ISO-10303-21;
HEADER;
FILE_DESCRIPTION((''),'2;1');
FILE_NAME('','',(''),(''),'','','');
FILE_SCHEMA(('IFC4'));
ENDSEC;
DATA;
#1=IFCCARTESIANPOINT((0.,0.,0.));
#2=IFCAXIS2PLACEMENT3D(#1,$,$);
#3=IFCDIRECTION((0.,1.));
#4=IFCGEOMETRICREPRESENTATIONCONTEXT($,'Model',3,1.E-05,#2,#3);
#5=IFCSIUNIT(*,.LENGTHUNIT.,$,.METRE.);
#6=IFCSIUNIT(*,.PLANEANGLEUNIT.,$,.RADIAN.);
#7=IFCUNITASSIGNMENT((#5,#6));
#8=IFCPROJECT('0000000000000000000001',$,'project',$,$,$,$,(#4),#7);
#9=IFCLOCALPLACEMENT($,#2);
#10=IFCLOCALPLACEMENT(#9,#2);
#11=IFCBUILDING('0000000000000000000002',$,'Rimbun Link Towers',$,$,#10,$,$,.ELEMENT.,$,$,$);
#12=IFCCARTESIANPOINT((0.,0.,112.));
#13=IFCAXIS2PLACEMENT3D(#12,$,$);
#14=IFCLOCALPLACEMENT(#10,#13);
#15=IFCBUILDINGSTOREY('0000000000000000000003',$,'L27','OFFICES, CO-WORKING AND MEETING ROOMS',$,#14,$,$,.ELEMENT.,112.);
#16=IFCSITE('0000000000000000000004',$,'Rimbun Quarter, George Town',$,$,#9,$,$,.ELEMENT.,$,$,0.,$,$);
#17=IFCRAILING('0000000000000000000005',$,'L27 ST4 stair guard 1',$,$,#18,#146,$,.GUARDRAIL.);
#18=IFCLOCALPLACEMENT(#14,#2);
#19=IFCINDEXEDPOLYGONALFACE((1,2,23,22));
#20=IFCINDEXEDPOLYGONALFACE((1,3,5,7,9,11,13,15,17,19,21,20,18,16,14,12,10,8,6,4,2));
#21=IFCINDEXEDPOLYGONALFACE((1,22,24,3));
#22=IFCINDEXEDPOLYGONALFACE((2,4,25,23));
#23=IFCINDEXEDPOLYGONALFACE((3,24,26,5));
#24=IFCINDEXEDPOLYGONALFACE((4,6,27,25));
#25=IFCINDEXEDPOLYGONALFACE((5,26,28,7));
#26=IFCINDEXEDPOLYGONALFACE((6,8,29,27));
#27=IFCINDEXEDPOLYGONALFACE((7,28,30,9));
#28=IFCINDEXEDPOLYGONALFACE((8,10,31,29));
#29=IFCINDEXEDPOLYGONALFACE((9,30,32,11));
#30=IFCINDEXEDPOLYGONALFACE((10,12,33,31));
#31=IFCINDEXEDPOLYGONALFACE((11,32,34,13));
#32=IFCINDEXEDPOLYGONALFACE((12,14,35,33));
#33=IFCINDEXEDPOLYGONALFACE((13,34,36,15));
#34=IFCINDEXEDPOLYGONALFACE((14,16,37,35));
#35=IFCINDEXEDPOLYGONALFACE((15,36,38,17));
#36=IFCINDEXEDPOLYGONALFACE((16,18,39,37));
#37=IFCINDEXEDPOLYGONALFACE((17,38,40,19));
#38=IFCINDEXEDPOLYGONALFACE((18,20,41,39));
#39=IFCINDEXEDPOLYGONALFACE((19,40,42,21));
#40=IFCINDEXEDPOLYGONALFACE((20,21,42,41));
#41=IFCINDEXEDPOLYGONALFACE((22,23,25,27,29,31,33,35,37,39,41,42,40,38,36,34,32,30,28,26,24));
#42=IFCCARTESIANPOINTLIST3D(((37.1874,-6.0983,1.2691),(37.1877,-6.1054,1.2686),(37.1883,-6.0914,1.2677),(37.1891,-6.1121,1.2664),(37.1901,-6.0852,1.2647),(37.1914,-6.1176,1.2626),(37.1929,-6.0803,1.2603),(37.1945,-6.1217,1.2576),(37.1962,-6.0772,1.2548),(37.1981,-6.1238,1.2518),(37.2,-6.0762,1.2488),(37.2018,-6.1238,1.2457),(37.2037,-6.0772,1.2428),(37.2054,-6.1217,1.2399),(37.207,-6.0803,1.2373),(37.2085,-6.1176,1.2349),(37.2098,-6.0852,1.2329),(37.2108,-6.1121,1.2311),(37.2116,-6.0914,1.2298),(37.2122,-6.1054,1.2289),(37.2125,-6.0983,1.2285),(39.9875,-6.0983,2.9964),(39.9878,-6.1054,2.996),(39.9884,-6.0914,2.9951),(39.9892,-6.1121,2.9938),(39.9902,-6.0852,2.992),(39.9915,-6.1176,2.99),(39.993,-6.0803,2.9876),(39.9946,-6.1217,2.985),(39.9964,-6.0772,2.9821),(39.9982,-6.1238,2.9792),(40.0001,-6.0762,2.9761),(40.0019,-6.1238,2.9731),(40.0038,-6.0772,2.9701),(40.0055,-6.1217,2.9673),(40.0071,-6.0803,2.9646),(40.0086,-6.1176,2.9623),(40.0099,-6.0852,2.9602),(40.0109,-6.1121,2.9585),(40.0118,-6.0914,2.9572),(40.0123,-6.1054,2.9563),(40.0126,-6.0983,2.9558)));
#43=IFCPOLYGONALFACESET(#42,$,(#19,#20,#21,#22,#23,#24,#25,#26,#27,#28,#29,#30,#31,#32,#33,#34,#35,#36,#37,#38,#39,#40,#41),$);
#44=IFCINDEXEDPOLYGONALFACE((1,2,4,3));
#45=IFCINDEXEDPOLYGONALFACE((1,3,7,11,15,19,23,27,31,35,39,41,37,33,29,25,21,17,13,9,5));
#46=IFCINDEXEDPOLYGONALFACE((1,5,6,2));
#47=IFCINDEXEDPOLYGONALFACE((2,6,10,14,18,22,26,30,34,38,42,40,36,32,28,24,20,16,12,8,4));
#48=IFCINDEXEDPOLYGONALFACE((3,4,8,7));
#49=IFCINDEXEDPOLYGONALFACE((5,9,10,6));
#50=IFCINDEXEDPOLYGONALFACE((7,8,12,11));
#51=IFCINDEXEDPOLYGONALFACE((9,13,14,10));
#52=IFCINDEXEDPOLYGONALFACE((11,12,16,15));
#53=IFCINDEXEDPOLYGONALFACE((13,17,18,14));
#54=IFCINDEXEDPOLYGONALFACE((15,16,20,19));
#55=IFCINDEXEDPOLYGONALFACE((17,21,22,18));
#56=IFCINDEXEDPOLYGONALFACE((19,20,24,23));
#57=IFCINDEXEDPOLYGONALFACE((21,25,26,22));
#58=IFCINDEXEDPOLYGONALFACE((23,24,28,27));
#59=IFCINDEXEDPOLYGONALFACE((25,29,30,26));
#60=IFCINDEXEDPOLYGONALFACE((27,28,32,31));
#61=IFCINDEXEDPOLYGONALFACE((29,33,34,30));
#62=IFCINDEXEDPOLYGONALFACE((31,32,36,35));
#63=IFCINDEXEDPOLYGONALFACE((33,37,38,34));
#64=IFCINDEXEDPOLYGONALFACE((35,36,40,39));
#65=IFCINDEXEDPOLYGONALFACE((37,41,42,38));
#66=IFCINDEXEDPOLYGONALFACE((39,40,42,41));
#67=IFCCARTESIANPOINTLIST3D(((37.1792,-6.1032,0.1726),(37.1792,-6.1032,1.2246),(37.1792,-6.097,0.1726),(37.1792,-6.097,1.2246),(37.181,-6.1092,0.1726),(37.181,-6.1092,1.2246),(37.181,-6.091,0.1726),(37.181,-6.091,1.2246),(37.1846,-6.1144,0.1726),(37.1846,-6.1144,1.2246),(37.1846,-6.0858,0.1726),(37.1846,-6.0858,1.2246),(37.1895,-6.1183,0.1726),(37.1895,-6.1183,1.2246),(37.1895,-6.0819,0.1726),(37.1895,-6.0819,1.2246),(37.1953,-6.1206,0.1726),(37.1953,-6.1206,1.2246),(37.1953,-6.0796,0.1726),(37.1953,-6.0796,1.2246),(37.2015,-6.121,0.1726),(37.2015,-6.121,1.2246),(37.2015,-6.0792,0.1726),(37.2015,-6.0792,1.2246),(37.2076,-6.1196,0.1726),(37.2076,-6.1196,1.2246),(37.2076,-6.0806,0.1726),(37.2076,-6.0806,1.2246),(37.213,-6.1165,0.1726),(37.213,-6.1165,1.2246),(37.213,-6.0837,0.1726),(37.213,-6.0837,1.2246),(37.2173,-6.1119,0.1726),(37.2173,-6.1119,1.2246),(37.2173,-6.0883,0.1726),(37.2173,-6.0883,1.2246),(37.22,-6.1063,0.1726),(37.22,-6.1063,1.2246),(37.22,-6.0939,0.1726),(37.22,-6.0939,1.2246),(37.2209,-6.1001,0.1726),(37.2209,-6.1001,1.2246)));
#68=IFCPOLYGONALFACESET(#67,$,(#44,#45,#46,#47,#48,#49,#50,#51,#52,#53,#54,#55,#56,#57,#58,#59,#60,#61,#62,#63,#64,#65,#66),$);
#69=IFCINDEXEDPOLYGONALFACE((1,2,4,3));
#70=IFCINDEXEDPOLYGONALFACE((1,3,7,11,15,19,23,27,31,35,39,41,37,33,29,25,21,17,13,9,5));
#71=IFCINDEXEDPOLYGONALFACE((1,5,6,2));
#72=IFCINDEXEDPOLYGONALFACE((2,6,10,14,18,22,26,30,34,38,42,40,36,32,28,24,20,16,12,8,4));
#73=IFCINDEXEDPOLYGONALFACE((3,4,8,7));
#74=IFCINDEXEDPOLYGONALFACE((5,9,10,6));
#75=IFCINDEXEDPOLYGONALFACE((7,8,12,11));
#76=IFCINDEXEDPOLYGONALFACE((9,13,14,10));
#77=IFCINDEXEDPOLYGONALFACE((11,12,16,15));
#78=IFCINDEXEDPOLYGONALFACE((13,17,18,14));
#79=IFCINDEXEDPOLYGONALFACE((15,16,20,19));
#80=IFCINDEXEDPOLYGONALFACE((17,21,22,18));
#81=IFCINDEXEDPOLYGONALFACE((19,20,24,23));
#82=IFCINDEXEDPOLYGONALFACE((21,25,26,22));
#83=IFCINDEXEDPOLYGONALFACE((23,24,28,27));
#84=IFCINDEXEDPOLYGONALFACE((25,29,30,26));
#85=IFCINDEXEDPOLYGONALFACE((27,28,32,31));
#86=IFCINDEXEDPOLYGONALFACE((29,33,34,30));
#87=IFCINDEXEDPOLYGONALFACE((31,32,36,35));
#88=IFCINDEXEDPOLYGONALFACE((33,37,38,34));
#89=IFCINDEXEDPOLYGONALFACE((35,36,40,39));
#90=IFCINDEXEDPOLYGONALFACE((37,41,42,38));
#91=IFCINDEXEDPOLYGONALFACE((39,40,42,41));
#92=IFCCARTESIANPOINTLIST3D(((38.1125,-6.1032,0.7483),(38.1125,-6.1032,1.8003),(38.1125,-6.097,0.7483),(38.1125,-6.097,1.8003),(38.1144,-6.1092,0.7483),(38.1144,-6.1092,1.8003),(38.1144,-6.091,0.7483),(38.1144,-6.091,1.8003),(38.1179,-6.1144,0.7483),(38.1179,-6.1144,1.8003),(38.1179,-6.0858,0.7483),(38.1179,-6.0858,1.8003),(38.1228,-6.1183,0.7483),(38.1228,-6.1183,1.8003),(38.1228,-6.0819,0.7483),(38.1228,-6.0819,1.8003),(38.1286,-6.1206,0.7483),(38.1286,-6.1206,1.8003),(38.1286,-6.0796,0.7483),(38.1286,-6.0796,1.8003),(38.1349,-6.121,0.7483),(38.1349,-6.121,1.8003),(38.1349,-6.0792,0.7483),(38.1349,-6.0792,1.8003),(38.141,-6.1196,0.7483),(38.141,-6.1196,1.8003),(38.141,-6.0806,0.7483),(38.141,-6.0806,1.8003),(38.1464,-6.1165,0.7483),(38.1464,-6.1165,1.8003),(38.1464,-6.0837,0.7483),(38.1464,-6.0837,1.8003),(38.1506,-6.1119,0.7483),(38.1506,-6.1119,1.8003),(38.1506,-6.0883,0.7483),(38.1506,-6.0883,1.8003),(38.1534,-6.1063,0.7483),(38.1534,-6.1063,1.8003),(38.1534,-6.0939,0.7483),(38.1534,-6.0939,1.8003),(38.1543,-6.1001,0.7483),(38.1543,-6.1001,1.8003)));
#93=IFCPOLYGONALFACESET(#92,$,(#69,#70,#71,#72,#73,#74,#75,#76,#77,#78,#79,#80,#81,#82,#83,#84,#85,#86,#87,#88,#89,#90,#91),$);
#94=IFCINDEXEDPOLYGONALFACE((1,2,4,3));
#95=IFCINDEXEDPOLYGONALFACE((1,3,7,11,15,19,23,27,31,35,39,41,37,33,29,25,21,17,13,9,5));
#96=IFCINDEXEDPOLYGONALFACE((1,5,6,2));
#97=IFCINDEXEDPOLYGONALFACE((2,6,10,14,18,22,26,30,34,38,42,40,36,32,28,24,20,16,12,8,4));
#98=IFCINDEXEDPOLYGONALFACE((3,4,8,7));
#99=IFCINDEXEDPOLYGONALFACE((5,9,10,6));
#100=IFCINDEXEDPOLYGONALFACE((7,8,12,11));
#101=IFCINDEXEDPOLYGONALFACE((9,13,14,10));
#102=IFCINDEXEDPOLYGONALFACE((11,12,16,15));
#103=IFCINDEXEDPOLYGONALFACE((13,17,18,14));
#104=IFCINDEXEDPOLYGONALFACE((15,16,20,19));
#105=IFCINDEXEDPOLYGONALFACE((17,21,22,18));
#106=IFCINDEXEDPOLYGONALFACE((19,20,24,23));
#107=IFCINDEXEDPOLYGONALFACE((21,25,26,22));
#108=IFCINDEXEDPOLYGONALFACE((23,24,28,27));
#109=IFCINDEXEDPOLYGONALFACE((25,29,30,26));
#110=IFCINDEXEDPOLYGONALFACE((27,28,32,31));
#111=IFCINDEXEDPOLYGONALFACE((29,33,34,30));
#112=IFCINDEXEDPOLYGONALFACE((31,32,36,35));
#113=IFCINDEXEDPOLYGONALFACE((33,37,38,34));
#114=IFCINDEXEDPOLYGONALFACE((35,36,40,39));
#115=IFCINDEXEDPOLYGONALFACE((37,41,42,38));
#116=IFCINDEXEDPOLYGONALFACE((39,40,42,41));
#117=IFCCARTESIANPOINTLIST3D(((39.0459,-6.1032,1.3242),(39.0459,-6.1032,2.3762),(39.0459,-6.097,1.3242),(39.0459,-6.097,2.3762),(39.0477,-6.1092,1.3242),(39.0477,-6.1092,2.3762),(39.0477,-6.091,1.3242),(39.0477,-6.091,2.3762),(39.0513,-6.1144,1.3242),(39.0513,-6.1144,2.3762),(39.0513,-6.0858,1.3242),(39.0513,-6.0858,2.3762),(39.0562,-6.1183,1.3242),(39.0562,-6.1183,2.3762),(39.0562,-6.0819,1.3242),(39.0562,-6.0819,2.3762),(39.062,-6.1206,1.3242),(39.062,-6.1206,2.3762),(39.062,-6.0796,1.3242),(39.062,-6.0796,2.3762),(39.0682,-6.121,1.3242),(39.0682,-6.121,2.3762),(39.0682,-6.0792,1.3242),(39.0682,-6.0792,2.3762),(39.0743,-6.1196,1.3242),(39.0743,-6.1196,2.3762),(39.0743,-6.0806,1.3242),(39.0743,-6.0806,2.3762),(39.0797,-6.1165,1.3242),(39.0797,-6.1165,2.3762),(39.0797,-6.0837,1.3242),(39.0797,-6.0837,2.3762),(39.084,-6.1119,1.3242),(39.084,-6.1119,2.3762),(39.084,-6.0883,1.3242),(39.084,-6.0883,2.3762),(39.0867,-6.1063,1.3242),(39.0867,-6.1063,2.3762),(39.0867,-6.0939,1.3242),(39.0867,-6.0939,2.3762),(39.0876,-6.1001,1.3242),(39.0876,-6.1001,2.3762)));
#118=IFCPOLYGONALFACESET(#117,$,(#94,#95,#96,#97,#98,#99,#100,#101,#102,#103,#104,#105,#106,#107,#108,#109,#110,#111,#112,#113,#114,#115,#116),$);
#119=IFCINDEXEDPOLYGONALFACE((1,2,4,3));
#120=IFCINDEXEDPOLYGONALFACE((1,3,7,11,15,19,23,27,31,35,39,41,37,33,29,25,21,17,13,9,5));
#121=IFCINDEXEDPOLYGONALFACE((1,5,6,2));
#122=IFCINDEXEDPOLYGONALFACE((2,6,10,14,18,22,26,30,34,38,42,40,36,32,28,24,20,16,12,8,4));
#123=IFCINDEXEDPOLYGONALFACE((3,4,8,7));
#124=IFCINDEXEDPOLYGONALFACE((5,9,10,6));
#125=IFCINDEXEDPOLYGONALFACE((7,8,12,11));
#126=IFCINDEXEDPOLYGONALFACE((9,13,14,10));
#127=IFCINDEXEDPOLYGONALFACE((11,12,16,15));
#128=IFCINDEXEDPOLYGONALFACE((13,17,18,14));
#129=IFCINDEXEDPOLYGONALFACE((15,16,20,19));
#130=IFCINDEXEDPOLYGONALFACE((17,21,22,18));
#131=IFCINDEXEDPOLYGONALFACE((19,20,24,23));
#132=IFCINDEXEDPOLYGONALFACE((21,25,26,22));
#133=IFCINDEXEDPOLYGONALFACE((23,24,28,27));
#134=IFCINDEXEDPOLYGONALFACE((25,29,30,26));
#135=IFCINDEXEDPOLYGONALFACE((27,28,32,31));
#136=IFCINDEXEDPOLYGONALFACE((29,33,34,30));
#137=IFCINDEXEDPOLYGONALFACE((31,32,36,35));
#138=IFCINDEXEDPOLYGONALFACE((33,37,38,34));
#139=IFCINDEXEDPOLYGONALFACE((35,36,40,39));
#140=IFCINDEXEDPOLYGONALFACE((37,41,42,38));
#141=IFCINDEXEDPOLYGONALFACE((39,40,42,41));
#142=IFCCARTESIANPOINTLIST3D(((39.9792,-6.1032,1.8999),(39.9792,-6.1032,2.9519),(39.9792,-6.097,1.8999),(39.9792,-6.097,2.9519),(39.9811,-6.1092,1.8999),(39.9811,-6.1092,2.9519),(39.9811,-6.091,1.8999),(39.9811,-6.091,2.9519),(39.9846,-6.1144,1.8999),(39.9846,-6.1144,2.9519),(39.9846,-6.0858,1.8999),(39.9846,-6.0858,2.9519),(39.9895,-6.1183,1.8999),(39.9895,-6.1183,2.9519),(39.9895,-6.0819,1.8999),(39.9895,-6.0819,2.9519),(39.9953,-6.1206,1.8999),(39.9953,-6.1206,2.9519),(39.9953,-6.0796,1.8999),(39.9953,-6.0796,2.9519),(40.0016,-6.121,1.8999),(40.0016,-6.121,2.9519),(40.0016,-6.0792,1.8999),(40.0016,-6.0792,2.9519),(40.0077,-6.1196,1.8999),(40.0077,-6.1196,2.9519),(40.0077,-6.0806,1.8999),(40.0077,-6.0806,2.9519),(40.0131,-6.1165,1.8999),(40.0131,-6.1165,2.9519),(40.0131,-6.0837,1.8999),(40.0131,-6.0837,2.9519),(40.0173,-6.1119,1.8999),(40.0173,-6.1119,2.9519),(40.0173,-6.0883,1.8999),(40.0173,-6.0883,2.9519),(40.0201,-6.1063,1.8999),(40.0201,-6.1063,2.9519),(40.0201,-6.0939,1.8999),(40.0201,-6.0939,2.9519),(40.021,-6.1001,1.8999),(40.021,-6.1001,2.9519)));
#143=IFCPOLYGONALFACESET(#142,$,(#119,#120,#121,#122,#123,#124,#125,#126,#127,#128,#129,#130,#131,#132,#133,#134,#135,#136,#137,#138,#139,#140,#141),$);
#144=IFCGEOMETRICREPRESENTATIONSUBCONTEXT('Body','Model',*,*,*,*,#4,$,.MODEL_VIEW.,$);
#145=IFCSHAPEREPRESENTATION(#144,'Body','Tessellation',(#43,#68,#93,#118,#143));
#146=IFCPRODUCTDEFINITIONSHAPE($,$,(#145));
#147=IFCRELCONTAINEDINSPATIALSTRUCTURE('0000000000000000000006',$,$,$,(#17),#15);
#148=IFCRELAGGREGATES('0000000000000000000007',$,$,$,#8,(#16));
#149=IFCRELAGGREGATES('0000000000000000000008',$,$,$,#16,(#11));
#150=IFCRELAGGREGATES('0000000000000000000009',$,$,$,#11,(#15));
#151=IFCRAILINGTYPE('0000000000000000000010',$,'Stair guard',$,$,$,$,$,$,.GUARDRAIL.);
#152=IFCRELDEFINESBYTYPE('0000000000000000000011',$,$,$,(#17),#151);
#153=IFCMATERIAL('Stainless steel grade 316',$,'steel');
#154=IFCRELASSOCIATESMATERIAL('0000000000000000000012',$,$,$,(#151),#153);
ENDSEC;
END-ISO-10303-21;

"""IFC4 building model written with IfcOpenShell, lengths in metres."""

from ifc_helpers import new_model, si_unit, direction, frame, origin, origin_2d, place, context, subcontext, project, spatial, circle, extrude, material, type_object, element, save


model = new_model("IFC4")

# Units and contexts
model_context = context("Model", 3, precision=1e-05, world=origin(), true_north=direction((0.0, 1.0)))
body_context = subcontext(model_context, "Body", "Model", "MODEL_VIEW")
ifc_project = project(units=[si_unit("LENGTHUNIT", "METRE"), si_unit("PLANEANGLEUNIT", "RADIAN")], contexts=[model_context])

# Site, building, storey
site_placement = place(None, origin())
site = spatial("IfcSite", under=ifc_project, at=site_placement, Name="Rimbun Quarter, George Town", CompositionType="ELEMENT", RefElevation=0.0)
building_placement = place(site_placement, origin())
building = spatial("IfcBuilding", under=site, at=building_placement, Name="Rimbun Link Towers", CompositionType="ELEMENT")
storey_placement = place(building_placement, frame((0.0, 0.0, 112.0)))
storey = spatial("IfcBuildingStorey", under=building, at=storey_placement, Name="L27", Description="OFFICES, CO-WORKING AND MEETING ROOMS", CompositionType="ELEMENT", Elevation=112.0)

# Railing
ifc_material_1 = material(Name="Stainless steel grade 316", Category="steel")
railing_type_1 = type_object("IfcRailingType", Name="Stair guard", PredefinedType="GUARDRAIL", material=ifc_material_1)
railing_1_placement = place(storey_placement, frame((37.2, -6.1001, 0.1726)))
element("IfcRailing", 1, at=railing_1_placement, inside=storey, type_object=railing_type_1, Name="L27 ST4 stair guard 1", PredefinedType="GUARDRAIL", context=body_context, shape_type="SweptSolid", body=[
    extrude(circle(Radius=0.0239, at=origin_2d()), frame((0.0, 0.0, 1.0762), z_axis=(0.85109, 0.0, 0.52502), x_axis=(0.0, 1.0, 0.0)), (0.0, 0.0, 1.0), 3.29),
    extrude(circle(Radius=0.021, at=origin_2d()), origin(), (0.0, 0.0, 1.0), 1.052),
    extrude(circle(Radius=0.021, at=origin_2d()), frame((0.9333, 0.0, 0.5757)), (0.0, 0.0, 1.0), 1.052),
    extrude(circle(Radius=0.021, at=origin_2d()), frame((1.8667, 0.0, 1.1516)), (0.0, 0.0, 1.0), 1.052),
    extrude(circle(Radius=0.021, at=origin_2d()), frame((2.8, 0.0, 1.7273)), (0.0, 0.0, 1.0), 1.052),
])

save(model, "model.ifc")
